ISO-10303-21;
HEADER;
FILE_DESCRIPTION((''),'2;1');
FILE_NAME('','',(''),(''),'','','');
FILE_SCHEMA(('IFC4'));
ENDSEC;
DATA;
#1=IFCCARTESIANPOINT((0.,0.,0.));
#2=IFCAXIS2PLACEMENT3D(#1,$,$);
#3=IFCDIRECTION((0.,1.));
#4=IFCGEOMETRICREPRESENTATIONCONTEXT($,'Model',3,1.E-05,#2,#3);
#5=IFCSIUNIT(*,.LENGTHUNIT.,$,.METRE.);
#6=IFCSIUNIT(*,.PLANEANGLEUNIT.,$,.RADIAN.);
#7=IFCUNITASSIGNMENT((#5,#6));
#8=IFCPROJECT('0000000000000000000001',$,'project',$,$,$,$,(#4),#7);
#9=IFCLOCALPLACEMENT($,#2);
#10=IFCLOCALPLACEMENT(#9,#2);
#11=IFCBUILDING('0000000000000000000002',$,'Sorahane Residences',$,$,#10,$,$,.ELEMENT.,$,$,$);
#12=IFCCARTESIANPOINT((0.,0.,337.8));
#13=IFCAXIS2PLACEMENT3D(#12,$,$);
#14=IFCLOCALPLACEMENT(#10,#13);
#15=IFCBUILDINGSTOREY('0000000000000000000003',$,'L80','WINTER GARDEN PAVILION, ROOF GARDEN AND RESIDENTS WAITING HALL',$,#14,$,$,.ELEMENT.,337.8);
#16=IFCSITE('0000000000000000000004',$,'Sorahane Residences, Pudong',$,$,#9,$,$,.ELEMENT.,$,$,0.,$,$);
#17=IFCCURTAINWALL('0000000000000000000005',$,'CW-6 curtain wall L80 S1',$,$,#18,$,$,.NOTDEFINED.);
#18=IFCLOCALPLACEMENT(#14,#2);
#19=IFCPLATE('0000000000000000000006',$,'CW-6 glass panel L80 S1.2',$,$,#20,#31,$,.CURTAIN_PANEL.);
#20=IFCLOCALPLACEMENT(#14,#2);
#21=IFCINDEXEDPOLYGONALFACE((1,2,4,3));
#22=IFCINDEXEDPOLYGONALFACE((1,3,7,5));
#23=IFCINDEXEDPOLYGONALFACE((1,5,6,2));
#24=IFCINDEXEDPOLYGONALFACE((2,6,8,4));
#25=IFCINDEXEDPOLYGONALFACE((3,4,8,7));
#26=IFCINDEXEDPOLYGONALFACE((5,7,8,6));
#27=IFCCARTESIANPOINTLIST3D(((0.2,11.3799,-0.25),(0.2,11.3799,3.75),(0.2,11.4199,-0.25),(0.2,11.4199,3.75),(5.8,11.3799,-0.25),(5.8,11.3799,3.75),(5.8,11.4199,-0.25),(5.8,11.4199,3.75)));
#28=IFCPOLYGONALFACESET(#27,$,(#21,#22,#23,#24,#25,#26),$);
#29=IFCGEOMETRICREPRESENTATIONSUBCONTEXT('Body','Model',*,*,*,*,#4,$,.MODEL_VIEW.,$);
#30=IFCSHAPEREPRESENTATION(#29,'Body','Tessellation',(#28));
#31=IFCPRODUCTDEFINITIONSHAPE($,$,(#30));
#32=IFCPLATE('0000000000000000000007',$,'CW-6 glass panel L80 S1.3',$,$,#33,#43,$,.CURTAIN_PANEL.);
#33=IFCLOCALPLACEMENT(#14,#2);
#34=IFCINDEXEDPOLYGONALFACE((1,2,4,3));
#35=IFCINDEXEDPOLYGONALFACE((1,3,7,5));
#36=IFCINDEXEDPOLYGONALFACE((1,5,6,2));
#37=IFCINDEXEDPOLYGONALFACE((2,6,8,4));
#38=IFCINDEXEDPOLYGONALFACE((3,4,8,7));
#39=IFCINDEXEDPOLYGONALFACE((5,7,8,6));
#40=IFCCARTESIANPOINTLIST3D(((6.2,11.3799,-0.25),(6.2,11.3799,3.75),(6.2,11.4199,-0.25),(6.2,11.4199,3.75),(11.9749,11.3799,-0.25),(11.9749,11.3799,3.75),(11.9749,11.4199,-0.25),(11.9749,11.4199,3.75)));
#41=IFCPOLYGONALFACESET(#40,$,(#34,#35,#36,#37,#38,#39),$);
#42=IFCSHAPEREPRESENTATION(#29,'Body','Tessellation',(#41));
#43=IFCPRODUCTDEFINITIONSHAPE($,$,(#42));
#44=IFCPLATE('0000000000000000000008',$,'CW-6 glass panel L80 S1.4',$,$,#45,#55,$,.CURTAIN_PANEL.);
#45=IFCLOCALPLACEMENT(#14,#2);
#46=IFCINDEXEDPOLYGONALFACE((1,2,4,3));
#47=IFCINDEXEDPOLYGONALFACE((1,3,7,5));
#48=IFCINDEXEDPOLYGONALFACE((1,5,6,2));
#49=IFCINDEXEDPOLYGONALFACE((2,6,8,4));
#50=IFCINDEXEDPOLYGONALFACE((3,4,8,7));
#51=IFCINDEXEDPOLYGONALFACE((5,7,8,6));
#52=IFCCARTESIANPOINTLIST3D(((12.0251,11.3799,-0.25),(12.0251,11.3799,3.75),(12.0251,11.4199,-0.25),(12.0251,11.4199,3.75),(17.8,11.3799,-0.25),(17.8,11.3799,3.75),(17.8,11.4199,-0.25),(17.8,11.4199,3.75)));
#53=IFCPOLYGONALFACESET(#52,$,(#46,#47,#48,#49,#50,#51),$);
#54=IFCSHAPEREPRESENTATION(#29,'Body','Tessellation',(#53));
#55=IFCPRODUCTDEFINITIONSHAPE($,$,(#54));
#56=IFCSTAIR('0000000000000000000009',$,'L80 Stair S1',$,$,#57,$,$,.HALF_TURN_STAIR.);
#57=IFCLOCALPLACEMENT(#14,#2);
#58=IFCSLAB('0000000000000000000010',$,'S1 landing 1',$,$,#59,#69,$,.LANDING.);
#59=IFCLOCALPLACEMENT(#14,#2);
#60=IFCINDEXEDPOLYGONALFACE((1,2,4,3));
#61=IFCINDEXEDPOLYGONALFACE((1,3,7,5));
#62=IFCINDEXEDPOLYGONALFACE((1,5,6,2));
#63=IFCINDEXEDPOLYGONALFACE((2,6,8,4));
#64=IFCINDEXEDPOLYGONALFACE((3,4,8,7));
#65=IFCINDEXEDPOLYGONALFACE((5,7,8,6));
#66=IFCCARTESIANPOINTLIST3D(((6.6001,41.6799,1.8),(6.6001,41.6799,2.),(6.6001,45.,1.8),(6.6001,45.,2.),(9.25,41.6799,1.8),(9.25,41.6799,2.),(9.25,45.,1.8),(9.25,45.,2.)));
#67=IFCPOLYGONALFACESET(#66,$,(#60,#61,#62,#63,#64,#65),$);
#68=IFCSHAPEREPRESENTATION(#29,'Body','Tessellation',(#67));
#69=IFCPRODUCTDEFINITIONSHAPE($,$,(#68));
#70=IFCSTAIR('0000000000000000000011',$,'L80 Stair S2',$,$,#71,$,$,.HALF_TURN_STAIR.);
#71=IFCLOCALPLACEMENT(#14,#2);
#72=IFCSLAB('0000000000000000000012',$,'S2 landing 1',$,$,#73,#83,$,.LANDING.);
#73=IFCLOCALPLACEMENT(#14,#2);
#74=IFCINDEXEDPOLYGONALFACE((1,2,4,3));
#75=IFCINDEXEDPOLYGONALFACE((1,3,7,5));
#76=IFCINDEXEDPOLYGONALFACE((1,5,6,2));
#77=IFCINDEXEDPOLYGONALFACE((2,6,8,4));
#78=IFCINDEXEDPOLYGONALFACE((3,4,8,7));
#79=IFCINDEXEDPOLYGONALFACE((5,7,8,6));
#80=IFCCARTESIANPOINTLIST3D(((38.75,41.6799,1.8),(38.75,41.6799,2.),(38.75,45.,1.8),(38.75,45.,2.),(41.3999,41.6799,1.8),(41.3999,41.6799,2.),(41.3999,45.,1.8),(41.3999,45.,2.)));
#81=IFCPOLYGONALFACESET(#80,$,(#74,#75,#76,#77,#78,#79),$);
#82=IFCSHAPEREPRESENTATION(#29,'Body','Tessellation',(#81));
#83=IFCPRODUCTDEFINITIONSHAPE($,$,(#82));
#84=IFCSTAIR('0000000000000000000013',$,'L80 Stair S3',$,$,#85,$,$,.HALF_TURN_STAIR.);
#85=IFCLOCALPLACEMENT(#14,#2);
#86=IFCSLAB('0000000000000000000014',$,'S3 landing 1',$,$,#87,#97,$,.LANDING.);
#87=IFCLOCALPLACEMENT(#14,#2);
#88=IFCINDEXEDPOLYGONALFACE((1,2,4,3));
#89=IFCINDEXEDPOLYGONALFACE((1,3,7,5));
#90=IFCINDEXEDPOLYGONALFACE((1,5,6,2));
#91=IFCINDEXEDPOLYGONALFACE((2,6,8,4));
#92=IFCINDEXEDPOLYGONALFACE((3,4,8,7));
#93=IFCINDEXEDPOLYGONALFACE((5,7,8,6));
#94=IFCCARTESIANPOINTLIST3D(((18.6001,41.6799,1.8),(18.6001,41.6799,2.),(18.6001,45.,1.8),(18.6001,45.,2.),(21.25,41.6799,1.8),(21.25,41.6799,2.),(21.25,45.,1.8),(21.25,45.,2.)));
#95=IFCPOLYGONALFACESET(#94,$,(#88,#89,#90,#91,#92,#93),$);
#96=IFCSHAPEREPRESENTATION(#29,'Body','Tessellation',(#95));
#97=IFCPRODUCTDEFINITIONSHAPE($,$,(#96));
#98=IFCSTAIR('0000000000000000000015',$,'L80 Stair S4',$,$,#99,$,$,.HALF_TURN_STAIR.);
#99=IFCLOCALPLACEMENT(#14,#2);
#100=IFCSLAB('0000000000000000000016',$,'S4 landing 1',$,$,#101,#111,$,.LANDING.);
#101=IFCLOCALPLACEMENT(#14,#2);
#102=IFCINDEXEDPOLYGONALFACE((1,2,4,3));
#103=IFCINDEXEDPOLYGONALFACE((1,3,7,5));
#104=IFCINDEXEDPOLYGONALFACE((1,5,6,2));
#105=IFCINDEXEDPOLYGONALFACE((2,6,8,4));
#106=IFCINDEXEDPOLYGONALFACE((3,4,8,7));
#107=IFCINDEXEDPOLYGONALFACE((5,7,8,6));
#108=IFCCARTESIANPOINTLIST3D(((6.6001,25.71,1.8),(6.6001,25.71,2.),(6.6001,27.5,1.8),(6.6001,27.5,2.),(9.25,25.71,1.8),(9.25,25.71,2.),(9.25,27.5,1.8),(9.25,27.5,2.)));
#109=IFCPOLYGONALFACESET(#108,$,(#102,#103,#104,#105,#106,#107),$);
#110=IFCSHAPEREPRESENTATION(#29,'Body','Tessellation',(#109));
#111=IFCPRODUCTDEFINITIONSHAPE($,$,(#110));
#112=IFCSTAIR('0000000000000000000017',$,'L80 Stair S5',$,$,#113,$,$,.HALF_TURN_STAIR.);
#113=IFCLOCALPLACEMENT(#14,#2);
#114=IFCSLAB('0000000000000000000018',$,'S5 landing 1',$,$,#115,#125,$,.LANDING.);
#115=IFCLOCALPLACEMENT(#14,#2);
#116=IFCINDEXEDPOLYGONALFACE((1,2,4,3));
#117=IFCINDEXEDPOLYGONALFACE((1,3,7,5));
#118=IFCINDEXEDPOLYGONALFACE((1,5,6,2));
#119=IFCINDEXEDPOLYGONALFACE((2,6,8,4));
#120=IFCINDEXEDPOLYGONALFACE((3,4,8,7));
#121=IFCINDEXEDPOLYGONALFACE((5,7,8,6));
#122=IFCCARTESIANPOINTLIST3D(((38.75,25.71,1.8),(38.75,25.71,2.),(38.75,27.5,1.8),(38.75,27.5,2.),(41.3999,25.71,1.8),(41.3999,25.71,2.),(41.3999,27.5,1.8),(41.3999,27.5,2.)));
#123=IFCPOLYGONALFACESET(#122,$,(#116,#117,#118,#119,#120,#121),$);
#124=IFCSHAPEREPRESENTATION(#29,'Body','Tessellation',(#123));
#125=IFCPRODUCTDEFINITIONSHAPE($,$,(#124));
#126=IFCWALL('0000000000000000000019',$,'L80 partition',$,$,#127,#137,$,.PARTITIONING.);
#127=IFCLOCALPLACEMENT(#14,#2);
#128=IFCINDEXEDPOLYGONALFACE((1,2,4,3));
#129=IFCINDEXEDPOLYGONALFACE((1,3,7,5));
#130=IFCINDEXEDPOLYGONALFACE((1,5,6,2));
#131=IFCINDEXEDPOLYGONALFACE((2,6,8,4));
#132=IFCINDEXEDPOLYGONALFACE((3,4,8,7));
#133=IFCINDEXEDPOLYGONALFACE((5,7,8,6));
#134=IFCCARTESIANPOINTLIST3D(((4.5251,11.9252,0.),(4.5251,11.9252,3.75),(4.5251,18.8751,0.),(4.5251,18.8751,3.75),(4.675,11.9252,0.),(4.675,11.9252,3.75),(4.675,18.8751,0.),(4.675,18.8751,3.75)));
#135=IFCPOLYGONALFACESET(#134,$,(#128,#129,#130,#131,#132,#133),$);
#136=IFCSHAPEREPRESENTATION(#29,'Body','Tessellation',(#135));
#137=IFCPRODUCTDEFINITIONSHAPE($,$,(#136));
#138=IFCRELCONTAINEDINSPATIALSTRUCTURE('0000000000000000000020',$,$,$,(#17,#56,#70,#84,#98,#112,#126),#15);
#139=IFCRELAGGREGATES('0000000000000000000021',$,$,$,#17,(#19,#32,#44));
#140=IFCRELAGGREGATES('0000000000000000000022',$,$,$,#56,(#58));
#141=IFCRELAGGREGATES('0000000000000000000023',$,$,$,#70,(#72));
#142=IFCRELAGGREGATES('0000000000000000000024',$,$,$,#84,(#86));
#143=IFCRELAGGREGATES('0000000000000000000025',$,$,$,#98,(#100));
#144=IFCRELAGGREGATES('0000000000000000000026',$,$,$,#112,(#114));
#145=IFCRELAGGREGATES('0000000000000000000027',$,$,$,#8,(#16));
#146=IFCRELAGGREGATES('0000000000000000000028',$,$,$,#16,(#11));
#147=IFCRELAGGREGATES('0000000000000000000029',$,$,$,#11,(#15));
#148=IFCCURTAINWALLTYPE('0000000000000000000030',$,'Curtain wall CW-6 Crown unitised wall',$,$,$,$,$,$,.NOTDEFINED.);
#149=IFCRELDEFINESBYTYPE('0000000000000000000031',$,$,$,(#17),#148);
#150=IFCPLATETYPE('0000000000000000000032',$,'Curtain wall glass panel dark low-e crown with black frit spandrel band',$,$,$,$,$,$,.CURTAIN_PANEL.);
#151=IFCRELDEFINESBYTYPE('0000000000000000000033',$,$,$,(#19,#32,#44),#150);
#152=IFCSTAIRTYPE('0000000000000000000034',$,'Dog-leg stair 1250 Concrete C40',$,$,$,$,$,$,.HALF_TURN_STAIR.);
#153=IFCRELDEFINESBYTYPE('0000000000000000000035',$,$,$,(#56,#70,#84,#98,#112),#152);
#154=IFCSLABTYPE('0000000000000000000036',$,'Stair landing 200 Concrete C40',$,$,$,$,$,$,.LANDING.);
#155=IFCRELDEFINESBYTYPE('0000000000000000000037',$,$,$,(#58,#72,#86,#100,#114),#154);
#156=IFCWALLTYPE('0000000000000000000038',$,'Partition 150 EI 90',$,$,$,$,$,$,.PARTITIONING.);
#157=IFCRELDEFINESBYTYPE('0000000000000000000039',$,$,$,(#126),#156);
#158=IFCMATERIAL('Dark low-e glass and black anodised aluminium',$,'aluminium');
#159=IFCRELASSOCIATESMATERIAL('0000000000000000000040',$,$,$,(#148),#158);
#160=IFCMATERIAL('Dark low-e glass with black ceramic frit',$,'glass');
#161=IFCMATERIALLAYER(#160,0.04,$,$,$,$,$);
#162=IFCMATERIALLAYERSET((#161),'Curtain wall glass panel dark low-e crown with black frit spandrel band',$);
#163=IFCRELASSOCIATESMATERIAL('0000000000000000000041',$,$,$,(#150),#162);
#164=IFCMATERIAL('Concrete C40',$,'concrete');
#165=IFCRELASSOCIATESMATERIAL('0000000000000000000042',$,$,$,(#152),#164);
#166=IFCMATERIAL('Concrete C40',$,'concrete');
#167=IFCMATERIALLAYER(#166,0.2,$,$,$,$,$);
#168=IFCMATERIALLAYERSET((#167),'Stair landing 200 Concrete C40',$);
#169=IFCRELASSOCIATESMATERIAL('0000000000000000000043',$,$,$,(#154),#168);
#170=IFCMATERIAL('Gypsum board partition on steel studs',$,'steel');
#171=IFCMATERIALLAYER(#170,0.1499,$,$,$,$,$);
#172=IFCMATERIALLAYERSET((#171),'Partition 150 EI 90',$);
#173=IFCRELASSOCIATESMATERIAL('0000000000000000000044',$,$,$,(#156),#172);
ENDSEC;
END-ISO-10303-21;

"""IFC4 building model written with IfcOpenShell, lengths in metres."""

from ifc_helpers import new_model, si_unit, direction, frame, frame_2d, origin, origin_2d, place, context, subcontext, project, spatial, polyline, rectangle, outline, extrude, material, layer, layer_set, type_object, element, aggregate, save


model = new_model("IFC4")

# Units and contexts
model_context = context("Model", 3, precision=1e-05, world=origin(), true_north=direction((0.0, 1.0)))
body_context = subcontext(model_context, "Body", "Model", "MODEL_VIEW")
ifc_project = project(units=[si_unit("LENGTHUNIT", "METRE"), si_unit("PLANEANGLEUNIT", "RADIAN")], contexts=[model_context])

# Site, building, storey
site_placement = place(None, origin())
site = spatial("IfcSite", under=ifc_project, at=site_placement, Name="Sorahane Residences, Pudong", CompositionType="ELEMENT", RefElevation=0.0)
building_placement = place(site_placement, origin())
building = spatial("IfcBuilding", under=site, at=building_placement, Name="Sorahane Residences", CompositionType="ELEMENT")
storey_placement = place(building_placement, frame((0.0, 0.0, 337.8)))
storey = spatial("IfcBuildingStorey", under=building, at=storey_placement, Name="L80", Description="WINTER GARDEN PAVILION, ROOF GARDEN AND RESIDENTS WAITING HALL", CompositionType="ELEMENT", Elevation=337.8)

# Curtain wall
ifc_material_1 = material(Name="Dark low-e glass and black anodised aluminium", Category="aluminium")
curtain_wall_type = type_object("IfcCurtainWallType", Name="Curtain wall CW-6 Crown unitised wall", PredefinedType="NOTDEFINED", material=ifc_material_1)
curtain_wall_placement = place(storey_placement, origin())
curtain_wall = element("IfcCurtainWall", 1, at=curtain_wall_placement, inside=storey, type_object=curtain_wall_type, Name="CW-6 curtain wall L80 S1", PredefinedType="NOTDEFINED")

# Plates
ifc_material_2 = material(Name="Dark low-e glass with black ceramic frit", Category="glass")
ifc_layer_1 = layer(ifc_material_2, 0.04)
ifc_layer_set_1 = layer_set([ifc_layer_1], Name="Curtain wall glass panel dark low-e crown with black frit spandrel band")
plate_type = type_object("IfcPlateType", Name="Curtain wall glass panel dark low-e crown with black frit spandrel band", PredefinedType="CURTAIN_PANEL", material=ifc_layer_set_1)
plate_1_placement = place(storey_placement, frame((3.0, 11.3999, -0.25), z_axis=(0.0, 0.0, 1.0), x_axis=(1.0, 0.0, 0.0)))
plate_1 = element("IfcPlate", 2, at=plate_1_placement, type_object=plate_type, Name="CW-6 glass panel L80 S1.2", PredefinedType="CURTAIN_PANEL", context=body_context, shape_type="SweptSolid", body=[
    extrude(rectangle(XDim=5.6001, YDim=0.04, at=origin_2d()), origin(), (0.0, 0.0, 1.0), 4.0),
])
plate_2_placement = place(storey_placement, frame((9.0874, 11.3999, -0.25), z_axis=(0.0, 0.0, 1.0), x_axis=(1.0, 0.0, 0.0)))
plate_2 = element("IfcPlate", 3, at=plate_2_placement, type_object=plate_type, Name="CW-6 glass panel L80 S1.3", PredefinedType="CURTAIN_PANEL", context=body_context, shape_type="SweptSolid", body=[
    extrude(rectangle(XDim=5.7749, YDim=0.04, at=origin_2d()), origin(), (0.0, 0.0, 1.0), 4.0),
])
plate_3_placement = place(storey_placement, frame((14.9126, 11.3999, -0.25), z_axis=(0.0, 0.0, 1.0), x_axis=(1.0, 0.0, 0.0)))
plate_3 = element("IfcPlate", 4, at=plate_3_placement, type_object=plate_type, Name="CW-6 glass panel L80 S1.4", PredefinedType="CURTAIN_PANEL", context=body_context, shape_type="SweptSolid", body=[
    extrude(rectangle(XDim=5.7749, YDim=0.04, at=origin_2d()), origin(), (0.0, 0.0, 1.0), 4.0),
])
aggregate(curtain_wall, [plate_1, plate_2, plate_3])

# Stairs, slabs
ifc_material_3 = material(Name="Concrete C40", Category="concrete")
stair_type = type_object("IfcStairType", Name="Dog-leg stair 1250 Concrete C40", PredefinedType="HALF_TURN_STAIR", material=ifc_material_3)
stair_1_placement = place(storey_placement, origin())
stair_1 = element("IfcStair", 5, at=stair_1_placement, inside=storey, type_object=stair_type, Name="L80 Stair S1", PredefinedType="HALF_TURN_STAIR")
ifc_material_4 = material(Name="Concrete C40", Category="concrete")
ifc_layer_2 = layer(ifc_material_4, 0.2)
ifc_layer_set_2 = layer_set([ifc_layer_2], Name="Stair landing 200 Concrete C40")
slab_type = type_object("IfcSlabType", Name="Stair landing 200 Concrete C40", PredefinedType="LANDING", material=ifc_layer_set_2)
slab_1_placement = place(storey_placement, frame((0.0, 0.0, 1.8)))
slab_1 = element("IfcSlab", 6, at=slab_1_placement, type_object=slab_type, Name="S1 landing 1", PredefinedType="LANDING", context=body_context, shape_type="SweptSolid", body=[
    extrude(outline(polyline([(9.25, 41.6799), (9.25, 45.0), (6.6001, 45.0), (6.6001, 41.6799), (9.25, 41.6799)])), origin(), (0.0, 0.0, 1.0), 0.2),
])
aggregate(stair_1, [slab_1])
stair_2_placement = place(storey_placement, origin())
stair_2 = element("IfcStair", 7, at=stair_2_placement, inside=storey, type_object=stair_type, Name="L80 Stair S2", PredefinedType="HALF_TURN_STAIR")
slab_2_placement = place(storey_placement, frame((0.0, 0.0, 1.8)))
slab_2 = element("IfcSlab", 8, at=slab_2_placement, type_object=slab_type, Name="S2 landing 1", PredefinedType="LANDING", context=body_context, shape_type="SweptSolid", body=[
    extrude(outline(polyline([(41.3999, 41.6799), (41.3999, 45.0), (38.75, 45.0), (38.75, 41.6799), (41.3999, 41.6799)])), origin(), (0.0, 0.0, 1.0), 0.2),
])
aggregate(stair_2, [slab_2])
stair_3_placement = place(storey_placement, origin())
stair_3 = element("IfcStair", 9, at=stair_3_placement, inside=storey, type_object=stair_type, Name="L80 Stair S3", PredefinedType="HALF_TURN_STAIR")
slab_3_placement = place(storey_placement, frame((0.0, 0.0, 1.8)))
slab_3 = element("IfcSlab", 10, at=slab_3_placement, type_object=slab_type, Name="S3 landing 1", PredefinedType="LANDING", context=body_context, shape_type="SweptSolid", body=[
    extrude(outline(polyline([(21.25, 41.6799), (21.25, 45.0), (18.6001, 45.0), (18.6001, 41.6799), (21.25, 41.6799)])), origin(), (0.0, 0.0, 1.0), 0.2),
])
aggregate(stair_3, [slab_3])
stair_4_placement = place(storey_placement, origin())
stair_4 = element("IfcStair", 11, at=stair_4_placement, inside=storey, type_object=stair_type, Name="L80 Stair S4", PredefinedType="HALF_TURN_STAIR")
slab_4_placement = place(storey_placement, frame((0.0, 0.0, 1.8)))
slab_4 = element("IfcSlab", 12, at=slab_4_placement, type_object=slab_type, Name="S4 landing 1", PredefinedType="LANDING", context=body_context, shape_type="SweptSolid", body=[
    extrude(outline(polyline([(9.25, 25.71), (9.25, 27.5), (6.6001, 27.5), (6.6001, 25.71), (9.25, 25.71)])), origin(), (0.0, 0.0, 1.0), 0.2),
])
aggregate(stair_4, [slab_4])
stair_5_placement = place(storey_placement, origin())
stair_5 = element("IfcStair", 13, at=stair_5_placement, inside=storey, type_object=stair_type, Name="L80 Stair S5", PredefinedType="HALF_TURN_STAIR")
slab_5_placement = place(storey_placement, frame((0.0, 0.0, 1.8)))
slab_5 = element("IfcSlab", 14, at=slab_5_placement, type_object=slab_type, Name="S5 landing 1", PredefinedType="LANDING", context=body_context, shape_type="SweptSolid", body=[
    extrude(outline(polyline([(41.3999, 25.71), (41.3999, 27.5), (38.75, 27.5), (38.75, 25.71), (41.3999, 25.71)])), origin(), (0.0, 0.0, 1.0), 0.2),
])
aggregate(stair_5, [slab_5])

# Wall
ifc_material_5 = material(Name="Gypsum board partition on steel studs", Category="steel")
ifc_layer_3 = layer(ifc_material_5, 0.1499)
ifc_layer_set_3 = layer_set([ifc_layer_3], Name="Partition 150 EI 90")
wall_type = type_object("IfcWallType", Name="Partition 150 EI 90", PredefinedType="PARTITIONING", material=ifc_layer_set_3)
wall_placement = place(storey_placement, frame((4.6001, 11.925, 0.0), z_axis=(0.0, 0.0, 1.0), x_axis=(0.0, 1.0, 0.0)))
element("IfcWall", 15, at=wall_placement, inside=storey, type_object=wall_type, Name="L80 partition", PredefinedType="PARTITIONING", context=body_context, shape_type="SweptSolid", body=[
    extrude(rectangle(XDim=6.95, YDim=0.1499, at=frame_2d((3.4751, 0.0))), origin(), (0.0, 0.0, 1.0), 3.75),
])

save(model, "model.ifc")
